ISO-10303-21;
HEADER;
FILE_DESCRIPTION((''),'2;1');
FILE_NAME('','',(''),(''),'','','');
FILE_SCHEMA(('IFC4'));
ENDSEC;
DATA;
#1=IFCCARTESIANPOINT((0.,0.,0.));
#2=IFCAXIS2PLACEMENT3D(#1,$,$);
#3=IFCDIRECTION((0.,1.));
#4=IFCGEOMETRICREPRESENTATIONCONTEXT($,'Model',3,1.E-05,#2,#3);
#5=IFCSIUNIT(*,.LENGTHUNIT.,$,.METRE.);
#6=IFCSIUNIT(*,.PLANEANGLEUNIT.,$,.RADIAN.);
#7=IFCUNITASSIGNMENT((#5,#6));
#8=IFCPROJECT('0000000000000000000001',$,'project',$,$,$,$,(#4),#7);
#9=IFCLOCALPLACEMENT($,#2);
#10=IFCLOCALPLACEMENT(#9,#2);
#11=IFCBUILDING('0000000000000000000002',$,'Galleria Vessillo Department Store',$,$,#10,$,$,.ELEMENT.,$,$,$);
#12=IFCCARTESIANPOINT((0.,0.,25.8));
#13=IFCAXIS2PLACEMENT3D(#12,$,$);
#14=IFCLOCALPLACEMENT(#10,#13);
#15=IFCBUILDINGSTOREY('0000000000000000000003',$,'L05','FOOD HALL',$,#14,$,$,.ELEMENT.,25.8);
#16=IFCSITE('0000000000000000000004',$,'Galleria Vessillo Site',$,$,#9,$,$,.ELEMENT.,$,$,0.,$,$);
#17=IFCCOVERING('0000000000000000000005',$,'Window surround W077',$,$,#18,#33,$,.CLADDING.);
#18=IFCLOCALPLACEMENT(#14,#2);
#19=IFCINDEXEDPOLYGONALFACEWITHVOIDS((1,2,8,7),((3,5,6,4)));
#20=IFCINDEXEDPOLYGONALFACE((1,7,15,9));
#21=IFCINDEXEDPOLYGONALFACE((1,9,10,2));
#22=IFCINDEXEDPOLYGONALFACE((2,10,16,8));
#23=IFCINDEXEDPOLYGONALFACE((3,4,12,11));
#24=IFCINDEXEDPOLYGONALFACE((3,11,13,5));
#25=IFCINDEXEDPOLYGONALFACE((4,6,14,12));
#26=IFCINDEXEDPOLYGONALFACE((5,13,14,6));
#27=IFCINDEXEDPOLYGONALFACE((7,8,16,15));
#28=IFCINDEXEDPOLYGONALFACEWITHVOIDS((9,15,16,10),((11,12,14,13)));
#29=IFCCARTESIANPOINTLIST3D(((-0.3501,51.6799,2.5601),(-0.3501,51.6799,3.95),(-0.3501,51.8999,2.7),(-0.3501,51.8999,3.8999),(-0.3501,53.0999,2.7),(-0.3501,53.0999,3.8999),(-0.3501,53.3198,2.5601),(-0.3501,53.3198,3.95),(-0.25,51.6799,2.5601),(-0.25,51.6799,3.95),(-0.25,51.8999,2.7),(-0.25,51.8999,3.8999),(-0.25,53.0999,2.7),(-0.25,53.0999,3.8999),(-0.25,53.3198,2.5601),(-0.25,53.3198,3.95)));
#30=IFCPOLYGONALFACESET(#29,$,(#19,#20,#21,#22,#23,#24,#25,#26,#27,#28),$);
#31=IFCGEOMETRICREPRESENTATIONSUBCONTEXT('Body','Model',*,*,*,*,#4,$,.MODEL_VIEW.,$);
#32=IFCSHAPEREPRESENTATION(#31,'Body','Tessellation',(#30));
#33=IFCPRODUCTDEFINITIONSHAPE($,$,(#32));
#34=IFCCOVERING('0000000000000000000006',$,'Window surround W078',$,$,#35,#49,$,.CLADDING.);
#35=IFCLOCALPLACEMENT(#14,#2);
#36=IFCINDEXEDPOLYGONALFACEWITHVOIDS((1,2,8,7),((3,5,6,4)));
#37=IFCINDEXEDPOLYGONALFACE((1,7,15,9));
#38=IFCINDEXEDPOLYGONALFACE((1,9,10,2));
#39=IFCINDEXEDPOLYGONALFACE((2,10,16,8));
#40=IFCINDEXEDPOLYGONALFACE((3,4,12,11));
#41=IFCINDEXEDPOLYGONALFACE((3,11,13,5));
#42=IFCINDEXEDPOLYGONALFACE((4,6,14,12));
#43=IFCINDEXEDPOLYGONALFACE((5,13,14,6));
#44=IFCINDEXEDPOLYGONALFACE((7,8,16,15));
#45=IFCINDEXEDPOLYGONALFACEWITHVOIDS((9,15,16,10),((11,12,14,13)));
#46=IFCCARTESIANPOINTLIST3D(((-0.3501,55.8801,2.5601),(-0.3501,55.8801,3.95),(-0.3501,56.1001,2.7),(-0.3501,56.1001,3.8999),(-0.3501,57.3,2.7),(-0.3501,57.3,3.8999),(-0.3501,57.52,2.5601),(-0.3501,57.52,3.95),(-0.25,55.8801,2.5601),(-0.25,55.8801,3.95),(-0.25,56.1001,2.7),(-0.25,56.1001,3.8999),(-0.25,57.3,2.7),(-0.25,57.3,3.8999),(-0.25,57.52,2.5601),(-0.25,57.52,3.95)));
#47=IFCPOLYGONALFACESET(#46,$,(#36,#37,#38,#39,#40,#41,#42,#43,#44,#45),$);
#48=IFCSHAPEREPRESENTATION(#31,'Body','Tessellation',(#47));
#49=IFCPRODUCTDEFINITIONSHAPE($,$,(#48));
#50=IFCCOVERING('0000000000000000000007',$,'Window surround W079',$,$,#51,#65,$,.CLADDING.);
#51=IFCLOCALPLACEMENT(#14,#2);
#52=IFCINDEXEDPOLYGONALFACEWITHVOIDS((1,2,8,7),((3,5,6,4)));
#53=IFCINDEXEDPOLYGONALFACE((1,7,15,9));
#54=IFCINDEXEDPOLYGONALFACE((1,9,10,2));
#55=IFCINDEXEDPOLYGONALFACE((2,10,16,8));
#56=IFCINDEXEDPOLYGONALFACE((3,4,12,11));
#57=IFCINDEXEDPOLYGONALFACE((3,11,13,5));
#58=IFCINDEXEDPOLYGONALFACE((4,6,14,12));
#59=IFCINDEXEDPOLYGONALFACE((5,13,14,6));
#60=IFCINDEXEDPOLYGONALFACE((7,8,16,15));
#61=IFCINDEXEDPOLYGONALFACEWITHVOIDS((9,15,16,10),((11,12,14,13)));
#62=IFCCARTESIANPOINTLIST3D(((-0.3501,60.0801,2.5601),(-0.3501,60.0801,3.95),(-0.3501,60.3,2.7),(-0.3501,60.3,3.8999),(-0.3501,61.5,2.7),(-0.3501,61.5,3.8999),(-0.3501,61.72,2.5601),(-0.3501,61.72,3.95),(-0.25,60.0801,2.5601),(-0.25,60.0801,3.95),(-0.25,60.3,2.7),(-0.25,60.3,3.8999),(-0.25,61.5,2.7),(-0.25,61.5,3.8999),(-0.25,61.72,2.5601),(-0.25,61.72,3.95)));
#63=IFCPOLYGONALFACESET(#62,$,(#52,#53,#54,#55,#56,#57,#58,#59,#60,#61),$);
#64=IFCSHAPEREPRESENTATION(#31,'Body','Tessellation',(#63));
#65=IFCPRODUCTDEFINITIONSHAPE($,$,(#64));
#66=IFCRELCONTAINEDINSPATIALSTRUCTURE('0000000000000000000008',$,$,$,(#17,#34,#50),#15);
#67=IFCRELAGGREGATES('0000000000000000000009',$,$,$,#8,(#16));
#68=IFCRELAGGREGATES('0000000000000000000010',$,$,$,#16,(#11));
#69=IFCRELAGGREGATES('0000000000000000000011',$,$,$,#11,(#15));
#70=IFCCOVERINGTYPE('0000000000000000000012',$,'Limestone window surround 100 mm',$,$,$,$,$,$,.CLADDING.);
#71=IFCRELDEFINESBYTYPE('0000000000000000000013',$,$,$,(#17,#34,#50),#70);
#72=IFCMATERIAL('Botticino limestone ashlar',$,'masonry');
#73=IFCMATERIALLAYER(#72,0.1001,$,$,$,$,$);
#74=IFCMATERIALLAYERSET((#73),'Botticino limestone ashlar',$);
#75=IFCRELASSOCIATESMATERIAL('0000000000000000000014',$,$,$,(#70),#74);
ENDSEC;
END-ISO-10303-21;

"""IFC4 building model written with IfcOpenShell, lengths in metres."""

from ifc_helpers import new_model, si_unit, direction, frame, origin, place, context, subcontext, project, spatial, polyline, outline, extrude, material, layer, layer_set, type_object, element, save


model = new_model("IFC4")

# Units and contexts
model_context = context("Model", 3, precision=1e-05, world=origin(), true_north=direction((0.0, 1.0)))
body_context = subcontext(model_context, "Body", "Model", "MODEL_VIEW")
ifc_project = project(units=[si_unit("LENGTHUNIT", "METRE"), si_unit("PLANEANGLEUNIT", "RADIAN")], contexts=[model_context])

# Site, building, storey
site_placement = place(None, origin())
site = spatial("IfcSite", under=ifc_project, at=site_placement, Name="Galleria Vessillo Site", CompositionType="ELEMENT", RefElevation=0.0)
building_placement = place(site_placement, origin())
building = spatial("IfcBuilding", under=site, at=building_placement, Name="Galleria Vessillo Department Store", CompositionType="ELEMENT")
storey_placement = place(building_placement, frame((0.0, 0.0, 25.8)))
storey = spatial("IfcBuildingStorey", under=building, at=storey_placement, Name="L05", Description="FOOD HALL", CompositionType="ELEMENT", Elevation=25.8)

# Coverings
ifc_material_1 = material(Name="Botticino limestone ashlar", Category="masonry")
ifc_layer_1 = layer(ifc_material_1, 0.1001)
ifc_layer_set_1 = layer_set([ifc_layer_1], Name="Botticino limestone ashlar")
covering_type_1 = type_object("IfcCoveringType", Name="Limestone window surround 100 mm", PredefinedType="CLADDING", material=ifc_layer_set_1)
covering_1_placement = place(storey_placement, frame((-0.25, 0.0, 2.7), z_axis=(-1.0, 0.0, 0.0), x_axis=(0.0, -1.0, 0.0)))
element("IfcCovering", 1, at=covering_1_placement, inside=storey, type_object=covering_type_1, Name="Window surround W077", PredefinedType="CLADDING", context=body_context, shape_type="SweptSolid", body=[
    extrude(outline(polyline([(-51.6799, 1.25), (-53.3198, 1.25), (-53.3198, -0.1399), (-51.6799, -0.1399), (-51.6799, 1.25)]), holes=[polyline([(-51.8999, 1.2), (-53.0999, 1.2), (-53.0999, 0.0), (-51.8999, 0.0), (-51.8999, 1.2)])]), origin(), (0.0, 0.0, 1.0), 0.1001),
])
covering_2_placement = place(storey_placement, frame((-0.25, 0.0, 2.7), z_axis=(-1.0, 0.0, 0.0), x_axis=(0.0, -1.0, 0.0)))
element("IfcCovering", 2, at=covering_2_placement, inside=storey, type_object=covering_type_1, Name="Window surround W078", PredefinedType="CLADDING", context=body_context, shape_type="SweptSolid", body=[
    extrude(outline(polyline([(-55.8801, 1.25), (-57.52, 1.25), (-57.52, -0.1399), (-55.8801, -0.1399), (-55.8801, 1.25)]), holes=[polyline([(-56.1001, 1.2), (-57.3, 1.2), (-57.3, 0.0), (-56.1001, 0.0), (-56.1001, 1.2)])]), origin(), (0.0, 0.0, 1.0), 0.1001),
])
covering_3_placement = place(storey_placement, frame((-0.25, 0.0, 2.7), z_axis=(-1.0, 0.0, 0.0), x_axis=(0.0, -1.0, 0.0)))
element("IfcCovering", 3, at=covering_3_placement, inside=storey, type_object=covering_type_1, Name="Window surround W079", PredefinedType="CLADDING", context=body_context, shape_type="SweptSolid", body=[
    extrude(outline(polyline([(-60.0801, 1.25), (-61.72, 1.25), (-61.72, -0.1399), (-60.0801, -0.1399), (-60.0801, 1.25)]), holes=[polyline([(-60.3, 1.2), (-61.5, 1.2), (-61.5, 0.0), (-60.3, 0.0), (-60.3, 1.2)])]), origin(), (0.0, 0.0, 1.0), 0.1001),
])

save(model, "model.ifc")
